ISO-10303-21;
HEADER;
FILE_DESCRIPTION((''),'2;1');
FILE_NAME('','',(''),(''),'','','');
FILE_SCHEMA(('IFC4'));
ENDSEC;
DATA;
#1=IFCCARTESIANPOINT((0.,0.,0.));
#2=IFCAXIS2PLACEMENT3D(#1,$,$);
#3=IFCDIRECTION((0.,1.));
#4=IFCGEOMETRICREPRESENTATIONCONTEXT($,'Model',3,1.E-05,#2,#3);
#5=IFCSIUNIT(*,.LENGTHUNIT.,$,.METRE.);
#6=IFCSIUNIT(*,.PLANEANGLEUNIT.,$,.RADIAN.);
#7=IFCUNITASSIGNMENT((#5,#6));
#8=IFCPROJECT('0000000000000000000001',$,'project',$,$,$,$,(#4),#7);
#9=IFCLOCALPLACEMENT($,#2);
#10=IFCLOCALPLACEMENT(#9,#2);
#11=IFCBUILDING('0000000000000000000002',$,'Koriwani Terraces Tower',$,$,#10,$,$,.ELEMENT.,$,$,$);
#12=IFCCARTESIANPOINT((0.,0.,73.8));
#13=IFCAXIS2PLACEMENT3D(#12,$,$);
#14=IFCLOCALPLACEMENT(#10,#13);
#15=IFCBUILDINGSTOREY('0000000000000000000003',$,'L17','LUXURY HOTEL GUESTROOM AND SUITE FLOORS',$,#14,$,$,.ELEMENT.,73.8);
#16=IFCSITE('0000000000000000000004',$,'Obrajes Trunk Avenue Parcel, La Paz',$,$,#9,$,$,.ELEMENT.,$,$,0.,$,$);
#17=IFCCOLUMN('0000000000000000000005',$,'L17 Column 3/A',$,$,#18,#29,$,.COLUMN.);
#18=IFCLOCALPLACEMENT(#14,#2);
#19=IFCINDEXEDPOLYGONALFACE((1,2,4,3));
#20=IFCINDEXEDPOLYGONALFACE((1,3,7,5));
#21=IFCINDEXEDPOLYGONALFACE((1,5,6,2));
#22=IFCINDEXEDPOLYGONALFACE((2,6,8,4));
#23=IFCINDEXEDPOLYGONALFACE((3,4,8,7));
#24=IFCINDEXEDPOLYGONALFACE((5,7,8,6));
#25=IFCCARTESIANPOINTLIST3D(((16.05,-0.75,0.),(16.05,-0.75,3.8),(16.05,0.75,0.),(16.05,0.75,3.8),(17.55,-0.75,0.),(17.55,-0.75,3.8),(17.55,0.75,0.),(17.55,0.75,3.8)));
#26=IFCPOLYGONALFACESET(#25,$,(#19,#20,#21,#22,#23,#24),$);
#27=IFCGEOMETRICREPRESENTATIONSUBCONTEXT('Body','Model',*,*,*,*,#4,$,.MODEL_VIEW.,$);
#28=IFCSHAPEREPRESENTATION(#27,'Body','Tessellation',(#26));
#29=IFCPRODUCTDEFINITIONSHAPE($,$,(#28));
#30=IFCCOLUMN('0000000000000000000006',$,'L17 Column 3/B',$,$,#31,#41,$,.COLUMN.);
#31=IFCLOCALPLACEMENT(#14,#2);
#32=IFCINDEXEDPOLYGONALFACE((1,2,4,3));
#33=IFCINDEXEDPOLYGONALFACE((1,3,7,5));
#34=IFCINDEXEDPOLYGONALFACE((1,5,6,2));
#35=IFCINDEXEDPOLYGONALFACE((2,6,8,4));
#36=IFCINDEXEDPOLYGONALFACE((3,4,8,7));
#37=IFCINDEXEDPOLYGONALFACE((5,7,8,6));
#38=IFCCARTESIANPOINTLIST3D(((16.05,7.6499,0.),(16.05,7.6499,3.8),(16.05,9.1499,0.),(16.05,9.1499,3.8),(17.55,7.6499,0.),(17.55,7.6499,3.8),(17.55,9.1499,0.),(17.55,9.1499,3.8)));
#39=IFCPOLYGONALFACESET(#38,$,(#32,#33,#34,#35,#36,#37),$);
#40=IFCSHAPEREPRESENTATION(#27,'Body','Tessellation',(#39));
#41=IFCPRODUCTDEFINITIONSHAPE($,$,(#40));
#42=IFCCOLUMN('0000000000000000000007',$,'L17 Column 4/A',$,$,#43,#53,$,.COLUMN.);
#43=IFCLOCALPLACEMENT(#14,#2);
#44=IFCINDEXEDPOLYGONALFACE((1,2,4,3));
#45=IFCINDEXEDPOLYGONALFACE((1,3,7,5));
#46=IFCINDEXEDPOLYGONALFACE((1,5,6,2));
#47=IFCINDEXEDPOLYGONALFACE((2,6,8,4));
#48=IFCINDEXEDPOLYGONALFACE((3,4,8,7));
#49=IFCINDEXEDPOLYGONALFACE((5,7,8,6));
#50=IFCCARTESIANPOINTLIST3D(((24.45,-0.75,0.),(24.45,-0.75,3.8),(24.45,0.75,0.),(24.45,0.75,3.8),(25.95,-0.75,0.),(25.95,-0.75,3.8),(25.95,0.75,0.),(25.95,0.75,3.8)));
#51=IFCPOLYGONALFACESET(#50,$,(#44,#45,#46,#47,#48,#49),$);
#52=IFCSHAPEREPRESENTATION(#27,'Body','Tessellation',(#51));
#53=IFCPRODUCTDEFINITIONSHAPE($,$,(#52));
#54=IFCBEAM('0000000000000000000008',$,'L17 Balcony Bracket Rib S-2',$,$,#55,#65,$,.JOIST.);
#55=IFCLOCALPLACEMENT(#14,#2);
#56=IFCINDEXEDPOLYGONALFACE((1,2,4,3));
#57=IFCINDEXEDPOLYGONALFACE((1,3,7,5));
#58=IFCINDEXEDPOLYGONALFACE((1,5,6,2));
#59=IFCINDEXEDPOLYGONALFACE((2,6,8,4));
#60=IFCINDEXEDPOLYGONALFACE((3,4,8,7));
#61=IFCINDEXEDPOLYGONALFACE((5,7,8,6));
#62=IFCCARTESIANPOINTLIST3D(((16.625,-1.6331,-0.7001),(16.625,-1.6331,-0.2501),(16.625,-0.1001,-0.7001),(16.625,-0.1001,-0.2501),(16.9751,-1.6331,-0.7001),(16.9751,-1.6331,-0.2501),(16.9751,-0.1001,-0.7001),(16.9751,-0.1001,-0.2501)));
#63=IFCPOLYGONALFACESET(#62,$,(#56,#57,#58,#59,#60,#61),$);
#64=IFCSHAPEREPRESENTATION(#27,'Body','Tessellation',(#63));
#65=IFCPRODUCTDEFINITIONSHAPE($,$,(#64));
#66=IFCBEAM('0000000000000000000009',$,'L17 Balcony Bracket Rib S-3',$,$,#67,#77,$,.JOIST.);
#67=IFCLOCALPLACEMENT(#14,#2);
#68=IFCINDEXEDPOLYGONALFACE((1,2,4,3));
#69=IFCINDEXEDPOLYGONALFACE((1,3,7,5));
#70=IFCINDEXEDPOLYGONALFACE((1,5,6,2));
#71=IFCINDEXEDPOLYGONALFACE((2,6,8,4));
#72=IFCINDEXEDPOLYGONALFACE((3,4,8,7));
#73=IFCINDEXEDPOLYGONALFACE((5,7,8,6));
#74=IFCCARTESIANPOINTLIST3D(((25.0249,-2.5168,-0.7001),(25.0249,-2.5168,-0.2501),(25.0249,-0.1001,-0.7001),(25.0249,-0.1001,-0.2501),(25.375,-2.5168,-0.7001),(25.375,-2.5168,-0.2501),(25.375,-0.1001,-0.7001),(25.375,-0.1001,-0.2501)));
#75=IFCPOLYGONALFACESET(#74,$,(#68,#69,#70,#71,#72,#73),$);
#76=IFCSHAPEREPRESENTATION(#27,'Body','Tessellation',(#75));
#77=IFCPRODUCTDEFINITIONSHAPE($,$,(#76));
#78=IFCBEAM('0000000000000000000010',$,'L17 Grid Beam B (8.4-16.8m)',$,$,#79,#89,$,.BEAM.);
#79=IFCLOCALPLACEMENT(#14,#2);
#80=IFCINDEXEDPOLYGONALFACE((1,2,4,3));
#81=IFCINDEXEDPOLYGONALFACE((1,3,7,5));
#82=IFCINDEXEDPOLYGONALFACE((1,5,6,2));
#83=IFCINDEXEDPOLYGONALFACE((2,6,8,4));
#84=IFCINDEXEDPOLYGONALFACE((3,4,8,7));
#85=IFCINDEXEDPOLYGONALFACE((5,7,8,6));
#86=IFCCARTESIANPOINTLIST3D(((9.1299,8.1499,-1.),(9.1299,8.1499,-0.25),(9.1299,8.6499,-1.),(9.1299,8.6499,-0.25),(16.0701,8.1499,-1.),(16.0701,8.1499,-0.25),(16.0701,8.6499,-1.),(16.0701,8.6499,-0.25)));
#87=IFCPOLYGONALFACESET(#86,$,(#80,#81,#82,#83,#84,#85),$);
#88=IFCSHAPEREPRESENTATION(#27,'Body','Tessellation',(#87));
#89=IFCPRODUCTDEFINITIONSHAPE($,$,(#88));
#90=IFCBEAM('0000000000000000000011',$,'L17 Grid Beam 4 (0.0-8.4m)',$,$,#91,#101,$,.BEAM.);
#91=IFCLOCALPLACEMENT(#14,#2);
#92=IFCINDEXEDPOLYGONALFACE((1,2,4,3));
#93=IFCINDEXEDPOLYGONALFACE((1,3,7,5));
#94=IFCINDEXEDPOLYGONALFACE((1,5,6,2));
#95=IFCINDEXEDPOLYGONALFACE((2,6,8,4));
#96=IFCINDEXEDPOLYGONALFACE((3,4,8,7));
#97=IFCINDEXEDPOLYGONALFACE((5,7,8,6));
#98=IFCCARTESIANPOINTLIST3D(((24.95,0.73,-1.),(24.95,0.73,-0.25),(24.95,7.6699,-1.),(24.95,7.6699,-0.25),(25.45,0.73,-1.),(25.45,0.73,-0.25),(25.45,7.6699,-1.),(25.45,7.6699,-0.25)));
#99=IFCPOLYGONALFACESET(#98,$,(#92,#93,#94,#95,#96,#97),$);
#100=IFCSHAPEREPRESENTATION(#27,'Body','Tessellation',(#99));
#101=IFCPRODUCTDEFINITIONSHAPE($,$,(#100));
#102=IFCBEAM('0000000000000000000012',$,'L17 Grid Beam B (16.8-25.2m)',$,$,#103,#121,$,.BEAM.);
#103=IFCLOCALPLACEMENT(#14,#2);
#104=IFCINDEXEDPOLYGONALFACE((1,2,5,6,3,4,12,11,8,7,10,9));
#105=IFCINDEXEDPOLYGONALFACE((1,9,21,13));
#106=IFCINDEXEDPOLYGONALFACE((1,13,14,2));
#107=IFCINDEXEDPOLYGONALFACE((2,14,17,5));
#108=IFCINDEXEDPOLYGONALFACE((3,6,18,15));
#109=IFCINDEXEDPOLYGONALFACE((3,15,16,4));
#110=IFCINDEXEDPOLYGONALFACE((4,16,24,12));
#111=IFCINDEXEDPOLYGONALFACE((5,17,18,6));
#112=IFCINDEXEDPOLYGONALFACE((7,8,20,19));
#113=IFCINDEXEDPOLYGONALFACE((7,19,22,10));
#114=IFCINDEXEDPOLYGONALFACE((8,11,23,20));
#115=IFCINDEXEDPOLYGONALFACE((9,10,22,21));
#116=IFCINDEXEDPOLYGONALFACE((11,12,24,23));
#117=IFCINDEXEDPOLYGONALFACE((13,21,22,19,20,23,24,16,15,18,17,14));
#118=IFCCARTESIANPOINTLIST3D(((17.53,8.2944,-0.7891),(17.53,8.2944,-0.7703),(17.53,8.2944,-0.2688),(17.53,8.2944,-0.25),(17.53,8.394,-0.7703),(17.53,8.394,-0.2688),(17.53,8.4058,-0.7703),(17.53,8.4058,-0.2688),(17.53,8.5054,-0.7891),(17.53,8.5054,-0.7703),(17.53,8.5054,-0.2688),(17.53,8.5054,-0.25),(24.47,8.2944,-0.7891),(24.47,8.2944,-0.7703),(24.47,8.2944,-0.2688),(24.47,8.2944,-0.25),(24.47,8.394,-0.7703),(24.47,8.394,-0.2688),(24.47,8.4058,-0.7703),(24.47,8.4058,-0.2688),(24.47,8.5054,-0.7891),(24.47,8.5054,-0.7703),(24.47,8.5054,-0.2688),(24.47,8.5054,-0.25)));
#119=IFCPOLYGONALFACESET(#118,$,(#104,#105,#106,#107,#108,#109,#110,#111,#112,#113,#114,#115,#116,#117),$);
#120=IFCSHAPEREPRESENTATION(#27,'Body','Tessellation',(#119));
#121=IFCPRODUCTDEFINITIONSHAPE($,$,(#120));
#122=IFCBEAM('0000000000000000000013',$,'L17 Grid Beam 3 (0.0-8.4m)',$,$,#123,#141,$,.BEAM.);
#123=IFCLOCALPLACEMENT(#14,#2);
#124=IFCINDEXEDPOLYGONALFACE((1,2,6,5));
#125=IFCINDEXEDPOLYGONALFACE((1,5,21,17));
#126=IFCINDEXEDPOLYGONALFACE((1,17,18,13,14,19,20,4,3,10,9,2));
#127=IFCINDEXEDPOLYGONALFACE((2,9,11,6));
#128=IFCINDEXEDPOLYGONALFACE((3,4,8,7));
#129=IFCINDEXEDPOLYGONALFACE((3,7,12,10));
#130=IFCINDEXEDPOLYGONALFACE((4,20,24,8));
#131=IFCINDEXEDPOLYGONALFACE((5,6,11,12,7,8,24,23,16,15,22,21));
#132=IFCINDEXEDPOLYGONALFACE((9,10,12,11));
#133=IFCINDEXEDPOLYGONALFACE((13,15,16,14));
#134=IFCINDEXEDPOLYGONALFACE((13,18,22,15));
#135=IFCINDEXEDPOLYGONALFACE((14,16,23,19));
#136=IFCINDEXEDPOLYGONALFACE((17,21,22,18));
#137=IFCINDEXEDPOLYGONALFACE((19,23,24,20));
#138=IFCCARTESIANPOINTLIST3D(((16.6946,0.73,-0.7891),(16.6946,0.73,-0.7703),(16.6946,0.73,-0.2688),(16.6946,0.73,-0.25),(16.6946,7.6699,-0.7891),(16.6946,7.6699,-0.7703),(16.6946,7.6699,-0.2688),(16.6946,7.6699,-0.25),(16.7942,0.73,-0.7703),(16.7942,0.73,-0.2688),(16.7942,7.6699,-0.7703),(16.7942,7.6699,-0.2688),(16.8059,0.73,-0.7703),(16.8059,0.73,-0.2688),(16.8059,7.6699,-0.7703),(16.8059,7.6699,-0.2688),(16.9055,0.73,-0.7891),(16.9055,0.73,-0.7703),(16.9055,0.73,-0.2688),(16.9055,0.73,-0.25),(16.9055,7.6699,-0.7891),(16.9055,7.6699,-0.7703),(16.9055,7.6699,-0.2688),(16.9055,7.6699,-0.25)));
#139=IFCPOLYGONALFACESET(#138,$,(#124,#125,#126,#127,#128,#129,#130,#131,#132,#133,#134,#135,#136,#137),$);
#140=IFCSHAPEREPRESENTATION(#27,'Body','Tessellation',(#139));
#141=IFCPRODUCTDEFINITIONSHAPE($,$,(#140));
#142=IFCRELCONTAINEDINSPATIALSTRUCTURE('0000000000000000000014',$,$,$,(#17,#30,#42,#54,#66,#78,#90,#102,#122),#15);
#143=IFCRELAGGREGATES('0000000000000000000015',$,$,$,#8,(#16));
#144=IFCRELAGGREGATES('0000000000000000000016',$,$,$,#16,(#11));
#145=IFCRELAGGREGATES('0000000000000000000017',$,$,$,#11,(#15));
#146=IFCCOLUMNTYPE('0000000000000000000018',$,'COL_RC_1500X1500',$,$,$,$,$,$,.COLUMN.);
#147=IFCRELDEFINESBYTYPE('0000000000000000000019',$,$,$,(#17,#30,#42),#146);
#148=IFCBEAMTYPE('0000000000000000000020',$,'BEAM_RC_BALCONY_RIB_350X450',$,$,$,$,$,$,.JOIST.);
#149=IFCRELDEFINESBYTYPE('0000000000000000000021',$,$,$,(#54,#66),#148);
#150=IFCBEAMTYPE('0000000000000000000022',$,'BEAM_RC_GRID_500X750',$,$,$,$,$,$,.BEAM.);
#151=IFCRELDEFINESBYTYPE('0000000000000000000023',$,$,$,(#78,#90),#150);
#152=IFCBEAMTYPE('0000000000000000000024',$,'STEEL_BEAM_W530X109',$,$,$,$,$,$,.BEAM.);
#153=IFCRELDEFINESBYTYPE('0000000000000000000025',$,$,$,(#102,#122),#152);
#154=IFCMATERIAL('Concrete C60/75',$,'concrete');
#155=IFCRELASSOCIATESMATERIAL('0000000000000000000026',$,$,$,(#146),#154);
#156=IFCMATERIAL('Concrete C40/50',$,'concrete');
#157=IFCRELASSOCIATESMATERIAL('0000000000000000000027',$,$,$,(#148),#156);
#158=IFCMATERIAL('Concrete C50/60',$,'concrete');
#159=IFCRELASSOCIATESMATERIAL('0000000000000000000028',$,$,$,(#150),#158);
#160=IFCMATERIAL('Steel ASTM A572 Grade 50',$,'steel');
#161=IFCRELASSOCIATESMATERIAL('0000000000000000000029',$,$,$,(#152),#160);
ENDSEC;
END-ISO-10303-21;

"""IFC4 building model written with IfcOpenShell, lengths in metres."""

from ifc_helpers import new_model, si_unit, direction, frame, origin, origin_2d, place, context, subcontext, project, spatial, rectangle, i_section, extrude, material, material_profile, profile_set, type_object, element, save


model = new_model("IFC4")

# Units and contexts
model_context = context("Model", 3, precision=1e-05, world=origin(), true_north=direction((0.0, 1.0)))
body_context = subcontext(model_context, "Body", "Model", "MODEL_VIEW")
ifc_project = project(units=[si_unit("LENGTHUNIT", "METRE"), si_unit("PLANEANGLEUNIT", "RADIAN")], contexts=[model_context])

# Site, building, storey
site_placement = place(None, origin())
site = spatial("IfcSite", under=ifc_project, at=site_placement, Name="Obrajes Trunk Avenue Parcel, La Paz", CompositionType="ELEMENT", RefElevation=0.0)
building_placement = place(site_placement, origin())
building = spatial("IfcBuilding", under=site, at=building_placement, Name="Koriwani Terraces Tower", CompositionType="ELEMENT")
storey_placement = place(building_placement, frame((0.0, 0.0, 73.8)))
storey = spatial("IfcBuildingStorey", under=building, at=storey_placement, Name="L17", Description="LUXURY HOTEL GUESTROOM AND SUITE FLOORS", CompositionType="ELEMENT", Elevation=73.8)

# Columns
ifc_material_1 = material(Name="Concrete C60/75", Category="concrete")
ifc_material_profile_1 = material_profile(ifc_material_1, rectangle(XDim=1.5, YDim=1.5, at=origin_2d()), Name="Concrete C60/75", Category="LoadBearing")
ifc_profile_set_1 = profile_set([ifc_material_profile_1], Name="Concrete C60/75")
column_type = type_object("IfcColumnType", Name="COL_RC_1500X1500", PredefinedType="COLUMN", material=ifc_profile_set_1)
for number, where, z_axis, x_axis, name in (
    (1, (16.8, 0.0, 0.0), (0.0, 0.0, 1.0), (1.0, 0.0, 0.0), "L17 Column 3/A"),
    (2, (16.8, 8.3999, 0.0), (0.0, 0.0, 1.0), (1.0, 0.0, 0.0), "L17 Column 3/B"),
    (3, (25.2, 0.0, 0.0), (0.0, 0.0, 1.0), (1.0, 0.0, 0.0), "L17 Column 4/A"),
):
    element("IfcColumn", number, at=place(storey_placement, frame(where, z_axis=z_axis, x_axis=x_axis)), inside=storey, type_object=column_type, Name=name, PredefinedType="COLUMN", context=body_context, shape_type="SweptSolid", body=[
        extrude(rectangle(XDim=1.5, YDim=1.5, at=origin_2d()), origin(), (0.0, 0.0, 1.0), 3.8),
    ])

# Beams
ifc_material_2 = material(Name="Concrete C40/50", Category="concrete")
ifc_material_profile_2 = material_profile(ifc_material_2, rectangle(XDim=0.3501, YDim=0.45, at=origin_2d()), Name="Concrete C40/50", Category="LoadBearing")
ifc_profile_set_2 = profile_set([ifc_material_profile_2], Name="Concrete C40/50")
beam_type_1 = type_object("IfcBeamType", Name="BEAM_RC_BALCONY_RIB_350X450", PredefinedType="JOIST", material=ifc_profile_set_2)
beam_1_placement = place(storey_placement, frame((16.8, -1.6331, -0.4751), z_axis=(0.0, 1.0, 0.0), x_axis=(-1.0, 0.0, 0.0)))
element("IfcBeam", 4, at=beam_1_placement, inside=storey, type_object=beam_type_1, Name="L17 Balcony Bracket Rib S-2", PredefinedType="JOIST", context=body_context, shape_type="SweptSolid", body=[
    extrude(rectangle(XDim=0.3501, YDim=0.45, at=origin_2d()), origin(), (0.0, 0.0, 1.0), 1.533),
])
beam_2_placement = place(storey_placement, frame((25.2, -2.5168, -0.4751), z_axis=(0.0, 1.0, 0.0), x_axis=(-1.0, 0.0, 0.0)))
element("IfcBeam", 5, at=beam_2_placement, inside=storey, type_object=beam_type_1, Name="L17 Balcony Bracket Rib S-3", PredefinedType="JOIST", context=body_context, shape_type="SweptSolid", body=[
    extrude(rectangle(XDim=0.3501, YDim=0.45, at=origin_2d()), origin(), (0.0, 0.0, 1.0), 2.4167),
])
ifc_material_3 = material(Name="Concrete C50/60", Category="concrete")
ifc_material_profile_3 = material_profile(ifc_material_3, rectangle(XDim=0.5, YDim=0.75, at=origin_2d()), Name="Concrete C50/60", Category="LoadBearing")
ifc_profile_set_3 = profile_set([ifc_material_profile_3], Name="Concrete C50/60")
beam_type_2 = type_object("IfcBeamType", Name="BEAM_RC_GRID_500X750", PredefinedType="BEAM", material=ifc_profile_set_3)
beam_3_placement = place(storey_placement, frame((9.1299, 8.3999, -0.625), z_axis=(1.0, 0.0, 0.0), x_axis=(0.0, 1.0, 0.0)))
element("IfcBeam", 6, at=beam_3_placement, inside=storey, type_object=beam_type_2, Name="L17 Grid Beam B (8.4-16.8m)", PredefinedType="BEAM", context=body_context, shape_type="SweptSolid", body=[
    extrude(rectangle(XDim=0.5, YDim=0.75, at=origin_2d()), origin(), (0.0, 0.0, 1.0), 6.9402),
])
beam_4_placement = place(storey_placement, frame((25.2, 0.73, -0.625), z_axis=(0.0, 1.0, 0.0), x_axis=(-1.0, 0.0, 0.0)))
element("IfcBeam", 7, at=beam_4_placement, inside=storey, type_object=beam_type_2, Name="L17 Grid Beam 4 (0.0-8.4m)", PredefinedType="BEAM", context=body_context, shape_type="SweptSolid", body=[
    extrude(rectangle(XDim=0.5, YDim=0.75, at=origin_2d()), origin(), (0.0, 0.0, 1.0), 6.9399),
])
ifc_material_4 = material(Name="Steel ASTM A572 Grade 50", Category="steel")
ifc_material_profile_4 = material_profile(ifc_material_4, i_section(OverallWidth=0.2109, OverallDepth=0.5391, WebThickness=0.0117, FlangeThickness=0.0188, at=origin_2d()), Name="Steel ASTM A572 Grade 50", Category="LoadBearing")
ifc_profile_set_4 = profile_set([ifc_material_profile_4], Name="Steel ASTM A572 Grade 50")
beam_type_3 = type_object("IfcBeamType", Name="STEEL_BEAM_W530X109", PredefinedType="BEAM", material=ifc_profile_set_4)
for number, where, z_axis, x_axis, name in (
    (8, (17.53, 8.3999, -0.5195), (1.0, 0.0, 0.0), (0.0, 1.0, 0.0), "L17 Grid Beam B (16.8-25.2m)"),
    (9, (16.8, 0.73, -0.5195), (0.0, 1.0, 0.0), (-1.0, 0.0, 0.0), "L17 Grid Beam 3 (0.0-8.4m)"),
):
    element("IfcBeam", number, at=place(storey_placement, frame(where, z_axis=z_axis, x_axis=x_axis)), inside=storey, type_object=beam_type_3, Name=name, PredefinedType="BEAM", context=body_context, shape_type="SweptSolid", body=[
        extrude(i_section(OverallWidth=0.2109, OverallDepth=0.5391, WebThickness=0.0117, FlangeThickness=0.0188, at=origin_2d()), origin(), (0.0, 0.0, 1.0), 6.9399),
    ])

save(model, "model.ifc")
